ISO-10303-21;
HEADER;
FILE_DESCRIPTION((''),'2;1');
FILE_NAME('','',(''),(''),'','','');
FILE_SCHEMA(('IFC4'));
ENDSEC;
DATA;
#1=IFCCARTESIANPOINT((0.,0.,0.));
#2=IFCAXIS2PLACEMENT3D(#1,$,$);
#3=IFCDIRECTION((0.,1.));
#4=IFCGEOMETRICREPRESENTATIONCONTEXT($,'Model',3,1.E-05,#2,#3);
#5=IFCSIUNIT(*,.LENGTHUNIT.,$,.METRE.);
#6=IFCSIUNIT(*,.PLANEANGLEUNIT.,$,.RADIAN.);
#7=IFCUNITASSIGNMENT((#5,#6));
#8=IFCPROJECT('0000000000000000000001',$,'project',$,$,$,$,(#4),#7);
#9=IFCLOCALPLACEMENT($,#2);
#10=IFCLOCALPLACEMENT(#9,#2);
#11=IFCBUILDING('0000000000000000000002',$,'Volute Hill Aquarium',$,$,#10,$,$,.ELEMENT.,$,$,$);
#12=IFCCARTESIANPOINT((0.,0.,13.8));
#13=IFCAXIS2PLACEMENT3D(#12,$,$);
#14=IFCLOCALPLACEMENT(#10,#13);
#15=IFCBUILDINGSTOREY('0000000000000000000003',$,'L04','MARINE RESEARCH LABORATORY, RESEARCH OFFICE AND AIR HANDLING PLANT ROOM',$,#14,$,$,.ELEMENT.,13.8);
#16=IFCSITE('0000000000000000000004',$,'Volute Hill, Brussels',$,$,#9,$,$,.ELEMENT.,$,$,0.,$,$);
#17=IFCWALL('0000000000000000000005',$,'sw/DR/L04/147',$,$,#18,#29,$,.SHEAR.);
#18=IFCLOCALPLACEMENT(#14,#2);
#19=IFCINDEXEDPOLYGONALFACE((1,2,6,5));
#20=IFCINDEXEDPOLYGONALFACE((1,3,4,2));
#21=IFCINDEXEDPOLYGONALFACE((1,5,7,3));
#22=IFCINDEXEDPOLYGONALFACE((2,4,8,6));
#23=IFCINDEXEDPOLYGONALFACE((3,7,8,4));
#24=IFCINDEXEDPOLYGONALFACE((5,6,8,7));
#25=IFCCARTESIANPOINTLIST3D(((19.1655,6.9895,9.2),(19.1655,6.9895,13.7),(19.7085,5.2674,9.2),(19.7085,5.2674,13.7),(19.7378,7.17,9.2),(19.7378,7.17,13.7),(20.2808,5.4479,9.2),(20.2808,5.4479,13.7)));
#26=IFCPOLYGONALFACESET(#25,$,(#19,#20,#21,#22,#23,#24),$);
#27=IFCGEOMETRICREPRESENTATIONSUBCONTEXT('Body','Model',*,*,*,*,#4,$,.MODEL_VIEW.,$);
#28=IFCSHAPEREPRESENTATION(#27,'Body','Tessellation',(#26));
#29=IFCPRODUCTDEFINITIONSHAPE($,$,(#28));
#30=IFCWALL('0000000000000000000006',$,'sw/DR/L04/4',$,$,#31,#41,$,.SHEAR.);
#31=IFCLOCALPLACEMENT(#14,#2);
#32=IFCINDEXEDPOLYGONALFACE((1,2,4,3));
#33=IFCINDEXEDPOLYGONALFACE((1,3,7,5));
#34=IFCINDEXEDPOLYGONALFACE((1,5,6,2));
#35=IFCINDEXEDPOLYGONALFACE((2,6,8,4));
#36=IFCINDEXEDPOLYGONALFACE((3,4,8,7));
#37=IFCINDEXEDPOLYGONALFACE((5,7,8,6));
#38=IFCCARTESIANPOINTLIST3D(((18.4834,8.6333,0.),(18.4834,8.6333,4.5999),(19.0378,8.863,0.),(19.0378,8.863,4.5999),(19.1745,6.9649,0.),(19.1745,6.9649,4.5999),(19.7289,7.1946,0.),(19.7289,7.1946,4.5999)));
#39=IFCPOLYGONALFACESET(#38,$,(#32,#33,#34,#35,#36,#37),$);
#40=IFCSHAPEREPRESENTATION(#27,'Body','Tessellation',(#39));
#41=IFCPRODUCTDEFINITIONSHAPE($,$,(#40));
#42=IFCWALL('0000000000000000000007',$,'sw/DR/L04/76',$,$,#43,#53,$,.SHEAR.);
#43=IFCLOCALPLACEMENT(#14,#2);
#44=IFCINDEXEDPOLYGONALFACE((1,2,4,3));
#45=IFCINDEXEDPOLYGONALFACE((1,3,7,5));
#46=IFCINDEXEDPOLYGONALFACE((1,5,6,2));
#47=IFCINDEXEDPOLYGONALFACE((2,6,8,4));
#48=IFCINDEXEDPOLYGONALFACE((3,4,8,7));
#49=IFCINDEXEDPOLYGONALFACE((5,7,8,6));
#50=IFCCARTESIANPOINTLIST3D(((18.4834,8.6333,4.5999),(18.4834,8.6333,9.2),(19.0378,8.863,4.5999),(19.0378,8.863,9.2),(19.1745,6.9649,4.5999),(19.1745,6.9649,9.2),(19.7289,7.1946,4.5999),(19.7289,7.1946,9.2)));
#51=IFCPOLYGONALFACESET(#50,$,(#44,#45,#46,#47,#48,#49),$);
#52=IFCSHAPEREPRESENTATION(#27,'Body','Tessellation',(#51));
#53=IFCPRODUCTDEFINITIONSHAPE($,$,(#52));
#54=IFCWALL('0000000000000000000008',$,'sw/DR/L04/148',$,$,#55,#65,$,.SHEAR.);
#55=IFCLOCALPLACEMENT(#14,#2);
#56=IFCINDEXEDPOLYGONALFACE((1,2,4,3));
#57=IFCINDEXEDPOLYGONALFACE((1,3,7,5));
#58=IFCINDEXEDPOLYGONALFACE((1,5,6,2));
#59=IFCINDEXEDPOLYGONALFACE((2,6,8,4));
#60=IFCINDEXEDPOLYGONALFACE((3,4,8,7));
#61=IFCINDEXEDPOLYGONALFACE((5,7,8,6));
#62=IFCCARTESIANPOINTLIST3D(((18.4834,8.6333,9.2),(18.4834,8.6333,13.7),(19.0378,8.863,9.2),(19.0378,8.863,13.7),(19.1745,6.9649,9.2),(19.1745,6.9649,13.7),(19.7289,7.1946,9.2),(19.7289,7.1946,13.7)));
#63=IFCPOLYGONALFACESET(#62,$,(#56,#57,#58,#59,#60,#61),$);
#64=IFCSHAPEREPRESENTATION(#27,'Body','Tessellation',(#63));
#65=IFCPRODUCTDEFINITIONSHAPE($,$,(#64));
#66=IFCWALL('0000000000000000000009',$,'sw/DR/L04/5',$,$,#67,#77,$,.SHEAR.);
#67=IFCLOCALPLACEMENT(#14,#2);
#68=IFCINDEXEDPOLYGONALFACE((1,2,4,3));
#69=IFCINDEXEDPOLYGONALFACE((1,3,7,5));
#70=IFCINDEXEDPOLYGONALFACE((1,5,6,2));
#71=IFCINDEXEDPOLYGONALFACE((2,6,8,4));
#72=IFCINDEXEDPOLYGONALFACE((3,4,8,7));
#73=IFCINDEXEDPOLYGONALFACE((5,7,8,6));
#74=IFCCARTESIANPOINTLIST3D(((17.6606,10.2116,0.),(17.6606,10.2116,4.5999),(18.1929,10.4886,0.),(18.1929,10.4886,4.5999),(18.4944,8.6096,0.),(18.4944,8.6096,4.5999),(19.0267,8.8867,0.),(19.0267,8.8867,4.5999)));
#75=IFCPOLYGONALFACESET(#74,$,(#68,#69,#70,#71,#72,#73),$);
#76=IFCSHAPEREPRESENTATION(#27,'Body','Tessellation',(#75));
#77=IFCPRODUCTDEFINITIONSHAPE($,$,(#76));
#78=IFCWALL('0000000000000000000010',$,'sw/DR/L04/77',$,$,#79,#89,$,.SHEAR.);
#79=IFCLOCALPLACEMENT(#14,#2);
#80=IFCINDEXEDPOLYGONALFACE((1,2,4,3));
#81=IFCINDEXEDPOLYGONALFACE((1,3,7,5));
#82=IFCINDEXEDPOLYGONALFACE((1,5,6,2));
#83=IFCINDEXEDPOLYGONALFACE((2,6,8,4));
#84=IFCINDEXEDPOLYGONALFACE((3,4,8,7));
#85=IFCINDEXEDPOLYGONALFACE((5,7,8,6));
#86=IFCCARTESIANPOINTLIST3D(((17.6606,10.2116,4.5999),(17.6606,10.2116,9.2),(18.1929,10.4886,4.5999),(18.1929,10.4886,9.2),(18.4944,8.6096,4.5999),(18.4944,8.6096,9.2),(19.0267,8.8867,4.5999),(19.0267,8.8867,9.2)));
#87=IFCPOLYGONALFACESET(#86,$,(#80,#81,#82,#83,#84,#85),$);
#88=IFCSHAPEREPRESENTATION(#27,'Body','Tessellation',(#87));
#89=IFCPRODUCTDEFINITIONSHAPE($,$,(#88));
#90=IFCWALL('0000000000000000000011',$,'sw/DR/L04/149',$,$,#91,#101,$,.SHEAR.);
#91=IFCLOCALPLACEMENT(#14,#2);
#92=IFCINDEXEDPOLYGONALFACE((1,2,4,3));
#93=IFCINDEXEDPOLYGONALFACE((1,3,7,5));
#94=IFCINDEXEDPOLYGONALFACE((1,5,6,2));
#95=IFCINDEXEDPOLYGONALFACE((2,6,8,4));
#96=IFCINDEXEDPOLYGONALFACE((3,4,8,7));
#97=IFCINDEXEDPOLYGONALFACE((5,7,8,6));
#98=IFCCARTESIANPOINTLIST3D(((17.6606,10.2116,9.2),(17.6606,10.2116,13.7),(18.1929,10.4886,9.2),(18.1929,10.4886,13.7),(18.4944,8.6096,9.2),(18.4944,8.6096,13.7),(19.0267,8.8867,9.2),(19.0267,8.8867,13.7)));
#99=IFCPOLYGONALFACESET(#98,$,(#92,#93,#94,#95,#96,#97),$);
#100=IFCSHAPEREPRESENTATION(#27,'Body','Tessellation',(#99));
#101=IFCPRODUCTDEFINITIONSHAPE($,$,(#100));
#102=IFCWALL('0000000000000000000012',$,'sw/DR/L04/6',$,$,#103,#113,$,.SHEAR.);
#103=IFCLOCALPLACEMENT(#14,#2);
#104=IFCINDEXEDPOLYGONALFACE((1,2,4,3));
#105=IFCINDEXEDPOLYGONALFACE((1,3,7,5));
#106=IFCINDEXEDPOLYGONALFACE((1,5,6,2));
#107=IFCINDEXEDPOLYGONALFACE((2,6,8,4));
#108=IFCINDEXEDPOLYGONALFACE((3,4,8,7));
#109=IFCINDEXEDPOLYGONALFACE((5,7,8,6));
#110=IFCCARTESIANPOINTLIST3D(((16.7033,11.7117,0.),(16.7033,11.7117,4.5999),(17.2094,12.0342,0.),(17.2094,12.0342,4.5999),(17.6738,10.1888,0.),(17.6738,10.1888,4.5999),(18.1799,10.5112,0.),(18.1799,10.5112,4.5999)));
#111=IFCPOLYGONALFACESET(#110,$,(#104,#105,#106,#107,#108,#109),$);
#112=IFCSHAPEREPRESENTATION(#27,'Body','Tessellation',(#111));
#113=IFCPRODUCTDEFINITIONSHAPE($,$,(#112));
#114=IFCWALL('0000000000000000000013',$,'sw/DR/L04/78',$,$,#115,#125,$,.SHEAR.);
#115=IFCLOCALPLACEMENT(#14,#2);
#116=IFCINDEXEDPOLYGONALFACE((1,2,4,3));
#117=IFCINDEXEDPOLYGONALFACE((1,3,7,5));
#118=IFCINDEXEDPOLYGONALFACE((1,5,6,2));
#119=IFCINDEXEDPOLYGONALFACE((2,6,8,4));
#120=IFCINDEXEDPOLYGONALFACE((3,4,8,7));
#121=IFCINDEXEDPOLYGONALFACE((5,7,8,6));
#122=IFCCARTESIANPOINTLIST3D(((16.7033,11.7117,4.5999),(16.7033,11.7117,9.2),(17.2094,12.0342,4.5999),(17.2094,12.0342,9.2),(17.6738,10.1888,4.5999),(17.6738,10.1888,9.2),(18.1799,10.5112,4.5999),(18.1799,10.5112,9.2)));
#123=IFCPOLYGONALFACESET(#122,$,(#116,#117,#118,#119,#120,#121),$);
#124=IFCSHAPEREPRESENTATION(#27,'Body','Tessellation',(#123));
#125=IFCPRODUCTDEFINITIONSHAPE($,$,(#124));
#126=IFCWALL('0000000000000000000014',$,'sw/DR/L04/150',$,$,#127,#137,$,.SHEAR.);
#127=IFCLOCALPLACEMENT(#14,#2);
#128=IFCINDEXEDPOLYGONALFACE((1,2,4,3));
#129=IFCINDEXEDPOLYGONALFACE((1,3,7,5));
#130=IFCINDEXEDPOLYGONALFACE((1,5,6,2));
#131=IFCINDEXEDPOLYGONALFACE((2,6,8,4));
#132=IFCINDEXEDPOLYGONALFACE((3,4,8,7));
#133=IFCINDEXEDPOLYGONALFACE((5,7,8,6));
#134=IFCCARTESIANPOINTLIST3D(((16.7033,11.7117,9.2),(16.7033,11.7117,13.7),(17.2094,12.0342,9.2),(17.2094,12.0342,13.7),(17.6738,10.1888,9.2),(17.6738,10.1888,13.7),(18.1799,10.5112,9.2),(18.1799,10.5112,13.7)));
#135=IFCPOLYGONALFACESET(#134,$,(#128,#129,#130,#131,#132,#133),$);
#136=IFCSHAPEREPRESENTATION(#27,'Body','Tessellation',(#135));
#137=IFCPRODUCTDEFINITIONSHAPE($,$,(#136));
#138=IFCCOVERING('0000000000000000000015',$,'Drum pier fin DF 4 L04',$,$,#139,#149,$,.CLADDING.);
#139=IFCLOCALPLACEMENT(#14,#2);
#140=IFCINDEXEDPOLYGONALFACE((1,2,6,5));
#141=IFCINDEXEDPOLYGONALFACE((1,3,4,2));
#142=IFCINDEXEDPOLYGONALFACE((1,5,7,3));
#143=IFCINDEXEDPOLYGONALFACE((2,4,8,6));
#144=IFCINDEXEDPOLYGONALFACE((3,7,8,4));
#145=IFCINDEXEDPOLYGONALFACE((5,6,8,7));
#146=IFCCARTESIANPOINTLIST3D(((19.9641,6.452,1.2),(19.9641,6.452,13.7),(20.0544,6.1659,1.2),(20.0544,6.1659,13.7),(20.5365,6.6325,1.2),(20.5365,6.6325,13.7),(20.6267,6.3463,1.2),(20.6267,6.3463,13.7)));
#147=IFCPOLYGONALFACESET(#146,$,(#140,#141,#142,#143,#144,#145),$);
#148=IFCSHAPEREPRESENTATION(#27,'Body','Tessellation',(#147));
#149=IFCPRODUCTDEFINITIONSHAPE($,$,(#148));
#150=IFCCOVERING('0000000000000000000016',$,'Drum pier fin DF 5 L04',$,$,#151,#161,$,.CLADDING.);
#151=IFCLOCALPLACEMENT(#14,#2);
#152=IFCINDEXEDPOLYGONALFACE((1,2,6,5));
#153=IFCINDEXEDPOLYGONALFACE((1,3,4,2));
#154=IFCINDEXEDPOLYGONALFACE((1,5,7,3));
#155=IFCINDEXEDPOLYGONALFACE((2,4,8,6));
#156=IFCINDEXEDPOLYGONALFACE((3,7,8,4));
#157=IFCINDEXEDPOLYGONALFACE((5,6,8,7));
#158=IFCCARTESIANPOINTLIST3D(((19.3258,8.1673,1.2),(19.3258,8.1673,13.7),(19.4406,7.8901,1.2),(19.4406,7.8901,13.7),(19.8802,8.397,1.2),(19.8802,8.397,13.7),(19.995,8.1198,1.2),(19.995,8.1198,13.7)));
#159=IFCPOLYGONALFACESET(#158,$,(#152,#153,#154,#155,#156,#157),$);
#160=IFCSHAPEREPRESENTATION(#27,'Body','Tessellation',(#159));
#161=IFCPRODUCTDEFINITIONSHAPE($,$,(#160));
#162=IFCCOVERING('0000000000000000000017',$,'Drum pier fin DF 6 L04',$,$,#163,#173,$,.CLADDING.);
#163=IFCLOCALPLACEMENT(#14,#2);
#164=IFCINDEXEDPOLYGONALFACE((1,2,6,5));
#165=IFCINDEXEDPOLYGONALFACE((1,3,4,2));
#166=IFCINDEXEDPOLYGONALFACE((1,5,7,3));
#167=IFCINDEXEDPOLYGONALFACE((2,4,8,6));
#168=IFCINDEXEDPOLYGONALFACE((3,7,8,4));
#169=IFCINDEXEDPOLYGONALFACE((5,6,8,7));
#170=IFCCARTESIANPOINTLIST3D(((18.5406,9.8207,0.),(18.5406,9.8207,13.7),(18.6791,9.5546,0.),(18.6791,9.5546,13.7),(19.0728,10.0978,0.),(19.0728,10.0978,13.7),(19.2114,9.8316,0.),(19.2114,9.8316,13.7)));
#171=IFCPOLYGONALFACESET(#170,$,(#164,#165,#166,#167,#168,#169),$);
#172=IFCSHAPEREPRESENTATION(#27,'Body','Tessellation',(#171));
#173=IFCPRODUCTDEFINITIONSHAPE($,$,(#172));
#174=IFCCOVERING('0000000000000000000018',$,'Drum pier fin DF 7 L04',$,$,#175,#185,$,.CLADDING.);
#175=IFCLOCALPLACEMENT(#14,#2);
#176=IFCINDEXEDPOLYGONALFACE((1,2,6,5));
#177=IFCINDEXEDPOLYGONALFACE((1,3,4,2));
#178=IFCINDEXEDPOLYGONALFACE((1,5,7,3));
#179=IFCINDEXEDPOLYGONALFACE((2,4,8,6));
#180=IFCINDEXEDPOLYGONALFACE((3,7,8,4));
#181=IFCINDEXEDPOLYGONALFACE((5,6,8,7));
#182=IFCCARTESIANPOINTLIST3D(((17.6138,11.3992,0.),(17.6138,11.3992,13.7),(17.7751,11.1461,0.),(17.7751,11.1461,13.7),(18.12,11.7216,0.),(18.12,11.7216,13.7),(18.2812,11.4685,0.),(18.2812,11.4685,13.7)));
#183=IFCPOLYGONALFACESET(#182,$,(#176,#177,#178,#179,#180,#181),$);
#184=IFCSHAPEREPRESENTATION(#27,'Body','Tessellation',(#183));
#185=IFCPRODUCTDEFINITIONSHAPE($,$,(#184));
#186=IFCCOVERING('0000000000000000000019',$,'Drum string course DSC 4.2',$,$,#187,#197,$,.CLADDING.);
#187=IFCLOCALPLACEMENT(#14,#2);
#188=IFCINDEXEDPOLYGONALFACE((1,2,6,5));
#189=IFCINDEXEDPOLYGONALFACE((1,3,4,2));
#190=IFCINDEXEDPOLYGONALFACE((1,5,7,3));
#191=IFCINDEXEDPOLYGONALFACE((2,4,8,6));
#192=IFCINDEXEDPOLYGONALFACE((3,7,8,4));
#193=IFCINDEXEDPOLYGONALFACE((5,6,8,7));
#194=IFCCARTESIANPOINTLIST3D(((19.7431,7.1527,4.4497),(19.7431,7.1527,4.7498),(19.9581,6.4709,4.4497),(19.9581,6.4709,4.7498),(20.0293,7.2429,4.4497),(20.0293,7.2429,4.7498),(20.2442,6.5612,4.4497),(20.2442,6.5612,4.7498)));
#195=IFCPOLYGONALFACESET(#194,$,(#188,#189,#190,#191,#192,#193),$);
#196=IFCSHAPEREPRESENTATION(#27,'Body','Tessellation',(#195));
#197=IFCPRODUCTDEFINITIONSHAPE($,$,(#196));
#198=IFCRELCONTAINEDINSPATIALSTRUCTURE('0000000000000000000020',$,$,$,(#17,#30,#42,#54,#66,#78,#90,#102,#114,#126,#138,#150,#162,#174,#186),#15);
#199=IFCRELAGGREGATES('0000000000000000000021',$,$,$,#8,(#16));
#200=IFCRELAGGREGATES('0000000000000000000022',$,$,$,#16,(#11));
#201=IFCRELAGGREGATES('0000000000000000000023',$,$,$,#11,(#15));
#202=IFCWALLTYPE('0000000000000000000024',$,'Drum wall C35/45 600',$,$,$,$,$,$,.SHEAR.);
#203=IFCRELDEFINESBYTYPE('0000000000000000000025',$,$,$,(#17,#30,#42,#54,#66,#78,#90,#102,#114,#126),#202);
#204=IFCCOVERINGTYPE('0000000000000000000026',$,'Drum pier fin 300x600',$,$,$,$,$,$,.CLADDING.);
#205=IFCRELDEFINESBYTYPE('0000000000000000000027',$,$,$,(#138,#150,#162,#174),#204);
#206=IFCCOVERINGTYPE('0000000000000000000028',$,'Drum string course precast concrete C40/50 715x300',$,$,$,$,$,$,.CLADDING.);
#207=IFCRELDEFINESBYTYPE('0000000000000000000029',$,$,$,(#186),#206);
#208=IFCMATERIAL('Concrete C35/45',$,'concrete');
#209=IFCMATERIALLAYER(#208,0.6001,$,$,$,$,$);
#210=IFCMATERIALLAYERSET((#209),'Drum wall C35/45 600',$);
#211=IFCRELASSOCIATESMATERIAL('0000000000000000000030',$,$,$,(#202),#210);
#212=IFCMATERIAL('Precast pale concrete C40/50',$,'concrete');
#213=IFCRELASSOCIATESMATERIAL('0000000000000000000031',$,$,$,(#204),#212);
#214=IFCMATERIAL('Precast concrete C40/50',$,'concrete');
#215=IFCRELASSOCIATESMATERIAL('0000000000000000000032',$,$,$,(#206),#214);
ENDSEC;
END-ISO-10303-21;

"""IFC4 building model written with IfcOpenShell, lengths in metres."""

from ifc_helpers import new_model, si_unit, direction, frame, frame_2d, origin, origin_2d, place, context, subcontext, project, spatial, rectangle, extrude, material, layer, layer_set, type_object, element, save


model = new_model("IFC4")

# Units and contexts
model_context = context("Model", 3, precision=1e-05, world=origin(), true_north=direction((0.0, 1.0)))
body_context = subcontext(model_context, "Body", "Model", "MODEL_VIEW")
ifc_project = project(units=[si_unit("LENGTHUNIT", "METRE"), si_unit("PLANEANGLEUNIT", "RADIAN")], contexts=[model_context])

# Site, building, storey
site_placement = place(None, origin())
site = spatial("IfcSite", under=ifc_project, at=site_placement, Name="Volute Hill, Brussels", CompositionType="ELEMENT", RefElevation=0.0)
building_placement = place(site_placement, origin())
building = spatial("IfcBuilding", under=site, at=building_placement, Name="Volute Hill Aquarium", CompositionType="ELEMENT")
storey_placement = place(building_placement, frame((0.0, 0.0, 13.8)))
storey = spatial("IfcBuildingStorey", under=building, at=storey_placement, Name="L04", Description="MARINE RESEARCH LABORATORY, RESEARCH OFFICE AND AIR HANDLING PLANT ROOM", CompositionType="ELEMENT", Elevation=13.8)

# Walls
ifc_material_1 = material(Name="Concrete C35/45", Category="concrete")
ifc_layer = layer(ifc_material_1, 0.6001)
ifc_layer_set = layer_set([ifc_layer], Name="Drum wall C35/45 600")
wall_type = type_object("IfcWallType", Name="Drum wall C35/45 600", PredefinedType="SHEAR", material=ifc_layer_set)
wall_1_placement = place(storey_placement, frame((19.9946, 5.3577, 9.2), z_axis=(0.0, 0.0, 1.0), x_axis=(-0.300691, 0.953722, 0.0)))
element("IfcWall", 1, at=wall_1_placement, inside=storey, type_object=wall_type, Name="sw/DR/L04/147", PredefinedType="SHEAR", context=body_context, shape_type="SweptSolid", body=[
    extrude(rectangle(XDim=1.8057, YDim=0.6001, at=frame_2d((0.9028, 0.0))), origin(), (0.0, 0.0, 1.0), 4.5),
])
wall_2_placement = place(storey_placement, frame((19.4517, 7.0798, 0.0), z_axis=(0.0, 0.0, 1.0), x_axis=(-0.382714, 0.923867, 0.0)))
element("IfcWall", 2, at=wall_2_placement, inside=storey, type_object=wall_type, Name="sw/DR/L04/4", PredefinedType="SHEAR", context=body_context, shape_type="SweptSolid", body=[
    extrude(rectangle(XDim=1.8059, YDim=0.6001, at=frame_2d((0.9028, 0.0))), origin(), (0.0, 0.0, 1.0), 4.5999),
])
wall_3_placement = place(storey_placement, frame((19.4517, 7.0798, 4.5999), z_axis=(0.0, 0.0, 1.0), x_axis=(-0.382714, 0.923867, 0.0)))
element("IfcWall", 3, at=wall_3_placement, inside=storey, type_object=wall_type, Name="sw/DR/L04/76", PredefinedType="SHEAR", context=body_context, shape_type="SweptSolid", body=[
    extrude(rectangle(XDim=1.8059, YDim=0.6001, at=frame_2d((0.9028, 0.0))), origin(), (0.0, 0.0, 1.0), 4.6001),
])
wall_4_placement = place(storey_placement, frame((19.4517, 7.0798, 9.2), z_axis=(0.0, 0.0, 1.0), x_axis=(-0.382714, 0.923867, 0.0)))
element("IfcWall", 4, at=wall_4_placement, inside=storey, type_object=wall_type, Name="sw/DR/L04/148", PredefinedType="SHEAR", context=body_context, shape_type="SweptSolid", body=[
    extrude(rectangle(XDim=1.8059, YDim=0.6001, at=frame_2d((0.9028, 0.0))), origin(), (0.0, 0.0, 1.0), 4.5),
])
wall_5_placement = place(storey_placement, frame((18.7605, 8.7483, 0.0), z_axis=(0.0, 0.0, 1.0), x_axis=(-0.461702, 0.887035, 0.0)))
element("IfcWall", 5, at=wall_5_placement, inside=storey, type_object=wall_type, Name="sw/DR/L04/5", PredefinedType="SHEAR", context=body_context, shape_type="SweptSolid", body=[
    extrude(rectangle(XDim=1.8059, YDim=0.6001, at=frame_2d((0.9028, 0.0))), origin(), (0.0, 0.0, 1.0), 4.5999),
])
wall_6_placement = place(storey_placement, frame((18.7605, 8.7483, 4.5999), z_axis=(0.0, 0.0, 1.0), x_axis=(-0.461702, 0.887035, 0.0)))
element("IfcWall", 6, at=wall_6_placement, inside=storey, type_object=wall_type, Name="sw/DR/L04/77", PredefinedType="SHEAR", context=body_context, shape_type="SweptSolid", body=[
    extrude(rectangle(XDim=1.8059, YDim=0.6001, at=frame_2d((0.9028, 0.0))), origin(), (0.0, 0.0, 1.0), 4.6001),
])
wall_7_placement = place(storey_placement, frame((18.7605, 8.7483, 9.2), z_axis=(0.0, 0.0, 1.0), x_axis=(-0.461702, 0.887035, 0.0)))
element("IfcWall", 7, at=wall_7_placement, inside=storey, type_object=wall_type, Name="sw/DR/L04/149", PredefinedType="SHEAR", context=body_context, shape_type="SweptSolid", body=[
    extrude(rectangle(XDim=1.8059, YDim=0.6001, at=frame_2d((0.9028, 0.0))), origin(), (0.0, 0.0, 1.0), 4.5),
])
wall_8_placement = place(storey_placement, frame((17.9268, 10.3501, 0.0), z_axis=(0.0, 0.0, 1.0), x_axis=(-0.537392, 0.843333, 0.0)))
element("IfcWall", 8, at=wall_8_placement, inside=storey, type_object=wall_type, Name="sw/DR/L04/6", PredefinedType="SHEAR", context=body_context, shape_type="SweptSolid", body=[
    extrude(rectangle(XDim=1.8059, YDim=0.6001, at=frame_2d((0.9028, 0.0))), origin(), (0.0, 0.0, 1.0), 4.5999),
])
wall_9_placement = place(storey_placement, frame((17.9268, 10.3501, 4.5999), z_axis=(0.0, 0.0, 1.0), x_axis=(-0.537392, 0.843333, 0.0)))
element("IfcWall", 9, at=wall_9_placement, inside=storey, type_object=wall_type, Name="sw/DR/L04/78", PredefinedType="SHEAR", context=body_context, shape_type="SweptSolid", body=[
    extrude(rectangle(XDim=1.8059, YDim=0.6001, at=frame_2d((0.9028, 0.0))), origin(), (0.0, 0.0, 1.0), 4.6001),
])
wall_10_placement = place(storey_placement, frame((17.9268, 10.3501, 9.2), z_axis=(0.0, 0.0, 1.0), x_axis=(-0.537392, 0.843333, 0.0)))
element("IfcWall", 10, at=wall_10_placement, inside=storey, type_object=wall_type, Name="sw/DR/L04/150", PredefinedType="SHEAR", context=body_context, shape_type="SweptSolid", body=[
    extrude(rectangle(XDim=1.8059, YDim=0.6001, at=frame_2d((0.9028, 0.0))), origin(), (0.0, 0.0, 1.0), 4.5),
])

# Coverings
ifc_material_2 = material(Name="Precast pale concrete C40/50", Category="concrete")
covering_type_1 = type_object("IfcCoveringType", Name="Drum pier fin 300x600", PredefinedType="CLADDING", material=ifc_material_2)
for number, where, z_axis, x_axis, name in (
    (11, (20.2954, 6.3992, 1.2), (0.0, 0.0, 1.0), (-0.300706, 0.953717, 0.0), "Drum pier fin DF 4 L04"),
    (12, (19.6604, 8.1436, 1.2), (0.0, 0.0, 1.0), (-0.382683, 0.92388, 0.0), "Drum pier fin DF 5 L04"),
):
    element("IfcCovering", number, at=place(storey_placement, frame(where, z_axis=z_axis, x_axis=x_axis)), inside=storey, type_object=covering_type_1, Name=name, PredefinedType="CLADDING", context=body_context, shape_type="SweptSolid", body=[
        extrude(rectangle(XDim=0.3, YDim=0.6001, at=origin_2d()), origin(), (0.0, 0.0, 1.0), 12.5),
    ])
for number, where, z_axis, x_axis, name in (
    (13, (18.876, 9.8262, 0.0), (0.0, 0.0, 1.0), (-0.461749, 0.887011, 0.0), "Drum pier fin DF 6 L04"),
    (14, (17.9475, 11.4338, 0.0), (0.0, 0.0, 1.0), (-0.5373, 0.843391, 0.0), "Drum pier fin DF 7 L04"),
):
    element("IfcCovering", number, at=place(storey_placement, frame(where, z_axis=z_axis, x_axis=x_axis)), inside=storey, type_object=covering_type_1, Name=name, PredefinedType="CLADDING", context=body_context, shape_type="SweptSolid", body=[
        extrude(rectangle(XDim=0.3, YDim=0.6001, at=origin_2d()), origin(), (0.0, 0.0, 1.0), 13.7),
    ])
ifc_material_3 = material(Name="Precast concrete C40/50", Category="concrete")
covering_type_2 = type_object("IfcCoveringType", Name="Drum string course precast concrete C40/50 715x300", PredefinedType="CLADDING", material=ifc_material_3)
for number, where, z_axis, x_axis, name in (
    (15, (19.9937, 6.8569, 4.4497), (0.0, 0.0, 1.0), (-0.300706, 0.953717, 0.0), "Drum string course DSC 4.2"),
):
    element("IfcCovering", number, at=place(storey_placement, frame(where, z_axis=z_axis, x_axis=x_axis)), inside=storey, type_object=covering_type_2, Name=name, PredefinedType="CLADDING", context=body_context, shape_type="SweptSolid", body=[
        extrude(rectangle(XDim=0.7148, YDim=0.3, at=origin_2d()), origin(), (0.0, 0.0, 1.0), 0.3),
    ])

save(model, "model.ifc")
